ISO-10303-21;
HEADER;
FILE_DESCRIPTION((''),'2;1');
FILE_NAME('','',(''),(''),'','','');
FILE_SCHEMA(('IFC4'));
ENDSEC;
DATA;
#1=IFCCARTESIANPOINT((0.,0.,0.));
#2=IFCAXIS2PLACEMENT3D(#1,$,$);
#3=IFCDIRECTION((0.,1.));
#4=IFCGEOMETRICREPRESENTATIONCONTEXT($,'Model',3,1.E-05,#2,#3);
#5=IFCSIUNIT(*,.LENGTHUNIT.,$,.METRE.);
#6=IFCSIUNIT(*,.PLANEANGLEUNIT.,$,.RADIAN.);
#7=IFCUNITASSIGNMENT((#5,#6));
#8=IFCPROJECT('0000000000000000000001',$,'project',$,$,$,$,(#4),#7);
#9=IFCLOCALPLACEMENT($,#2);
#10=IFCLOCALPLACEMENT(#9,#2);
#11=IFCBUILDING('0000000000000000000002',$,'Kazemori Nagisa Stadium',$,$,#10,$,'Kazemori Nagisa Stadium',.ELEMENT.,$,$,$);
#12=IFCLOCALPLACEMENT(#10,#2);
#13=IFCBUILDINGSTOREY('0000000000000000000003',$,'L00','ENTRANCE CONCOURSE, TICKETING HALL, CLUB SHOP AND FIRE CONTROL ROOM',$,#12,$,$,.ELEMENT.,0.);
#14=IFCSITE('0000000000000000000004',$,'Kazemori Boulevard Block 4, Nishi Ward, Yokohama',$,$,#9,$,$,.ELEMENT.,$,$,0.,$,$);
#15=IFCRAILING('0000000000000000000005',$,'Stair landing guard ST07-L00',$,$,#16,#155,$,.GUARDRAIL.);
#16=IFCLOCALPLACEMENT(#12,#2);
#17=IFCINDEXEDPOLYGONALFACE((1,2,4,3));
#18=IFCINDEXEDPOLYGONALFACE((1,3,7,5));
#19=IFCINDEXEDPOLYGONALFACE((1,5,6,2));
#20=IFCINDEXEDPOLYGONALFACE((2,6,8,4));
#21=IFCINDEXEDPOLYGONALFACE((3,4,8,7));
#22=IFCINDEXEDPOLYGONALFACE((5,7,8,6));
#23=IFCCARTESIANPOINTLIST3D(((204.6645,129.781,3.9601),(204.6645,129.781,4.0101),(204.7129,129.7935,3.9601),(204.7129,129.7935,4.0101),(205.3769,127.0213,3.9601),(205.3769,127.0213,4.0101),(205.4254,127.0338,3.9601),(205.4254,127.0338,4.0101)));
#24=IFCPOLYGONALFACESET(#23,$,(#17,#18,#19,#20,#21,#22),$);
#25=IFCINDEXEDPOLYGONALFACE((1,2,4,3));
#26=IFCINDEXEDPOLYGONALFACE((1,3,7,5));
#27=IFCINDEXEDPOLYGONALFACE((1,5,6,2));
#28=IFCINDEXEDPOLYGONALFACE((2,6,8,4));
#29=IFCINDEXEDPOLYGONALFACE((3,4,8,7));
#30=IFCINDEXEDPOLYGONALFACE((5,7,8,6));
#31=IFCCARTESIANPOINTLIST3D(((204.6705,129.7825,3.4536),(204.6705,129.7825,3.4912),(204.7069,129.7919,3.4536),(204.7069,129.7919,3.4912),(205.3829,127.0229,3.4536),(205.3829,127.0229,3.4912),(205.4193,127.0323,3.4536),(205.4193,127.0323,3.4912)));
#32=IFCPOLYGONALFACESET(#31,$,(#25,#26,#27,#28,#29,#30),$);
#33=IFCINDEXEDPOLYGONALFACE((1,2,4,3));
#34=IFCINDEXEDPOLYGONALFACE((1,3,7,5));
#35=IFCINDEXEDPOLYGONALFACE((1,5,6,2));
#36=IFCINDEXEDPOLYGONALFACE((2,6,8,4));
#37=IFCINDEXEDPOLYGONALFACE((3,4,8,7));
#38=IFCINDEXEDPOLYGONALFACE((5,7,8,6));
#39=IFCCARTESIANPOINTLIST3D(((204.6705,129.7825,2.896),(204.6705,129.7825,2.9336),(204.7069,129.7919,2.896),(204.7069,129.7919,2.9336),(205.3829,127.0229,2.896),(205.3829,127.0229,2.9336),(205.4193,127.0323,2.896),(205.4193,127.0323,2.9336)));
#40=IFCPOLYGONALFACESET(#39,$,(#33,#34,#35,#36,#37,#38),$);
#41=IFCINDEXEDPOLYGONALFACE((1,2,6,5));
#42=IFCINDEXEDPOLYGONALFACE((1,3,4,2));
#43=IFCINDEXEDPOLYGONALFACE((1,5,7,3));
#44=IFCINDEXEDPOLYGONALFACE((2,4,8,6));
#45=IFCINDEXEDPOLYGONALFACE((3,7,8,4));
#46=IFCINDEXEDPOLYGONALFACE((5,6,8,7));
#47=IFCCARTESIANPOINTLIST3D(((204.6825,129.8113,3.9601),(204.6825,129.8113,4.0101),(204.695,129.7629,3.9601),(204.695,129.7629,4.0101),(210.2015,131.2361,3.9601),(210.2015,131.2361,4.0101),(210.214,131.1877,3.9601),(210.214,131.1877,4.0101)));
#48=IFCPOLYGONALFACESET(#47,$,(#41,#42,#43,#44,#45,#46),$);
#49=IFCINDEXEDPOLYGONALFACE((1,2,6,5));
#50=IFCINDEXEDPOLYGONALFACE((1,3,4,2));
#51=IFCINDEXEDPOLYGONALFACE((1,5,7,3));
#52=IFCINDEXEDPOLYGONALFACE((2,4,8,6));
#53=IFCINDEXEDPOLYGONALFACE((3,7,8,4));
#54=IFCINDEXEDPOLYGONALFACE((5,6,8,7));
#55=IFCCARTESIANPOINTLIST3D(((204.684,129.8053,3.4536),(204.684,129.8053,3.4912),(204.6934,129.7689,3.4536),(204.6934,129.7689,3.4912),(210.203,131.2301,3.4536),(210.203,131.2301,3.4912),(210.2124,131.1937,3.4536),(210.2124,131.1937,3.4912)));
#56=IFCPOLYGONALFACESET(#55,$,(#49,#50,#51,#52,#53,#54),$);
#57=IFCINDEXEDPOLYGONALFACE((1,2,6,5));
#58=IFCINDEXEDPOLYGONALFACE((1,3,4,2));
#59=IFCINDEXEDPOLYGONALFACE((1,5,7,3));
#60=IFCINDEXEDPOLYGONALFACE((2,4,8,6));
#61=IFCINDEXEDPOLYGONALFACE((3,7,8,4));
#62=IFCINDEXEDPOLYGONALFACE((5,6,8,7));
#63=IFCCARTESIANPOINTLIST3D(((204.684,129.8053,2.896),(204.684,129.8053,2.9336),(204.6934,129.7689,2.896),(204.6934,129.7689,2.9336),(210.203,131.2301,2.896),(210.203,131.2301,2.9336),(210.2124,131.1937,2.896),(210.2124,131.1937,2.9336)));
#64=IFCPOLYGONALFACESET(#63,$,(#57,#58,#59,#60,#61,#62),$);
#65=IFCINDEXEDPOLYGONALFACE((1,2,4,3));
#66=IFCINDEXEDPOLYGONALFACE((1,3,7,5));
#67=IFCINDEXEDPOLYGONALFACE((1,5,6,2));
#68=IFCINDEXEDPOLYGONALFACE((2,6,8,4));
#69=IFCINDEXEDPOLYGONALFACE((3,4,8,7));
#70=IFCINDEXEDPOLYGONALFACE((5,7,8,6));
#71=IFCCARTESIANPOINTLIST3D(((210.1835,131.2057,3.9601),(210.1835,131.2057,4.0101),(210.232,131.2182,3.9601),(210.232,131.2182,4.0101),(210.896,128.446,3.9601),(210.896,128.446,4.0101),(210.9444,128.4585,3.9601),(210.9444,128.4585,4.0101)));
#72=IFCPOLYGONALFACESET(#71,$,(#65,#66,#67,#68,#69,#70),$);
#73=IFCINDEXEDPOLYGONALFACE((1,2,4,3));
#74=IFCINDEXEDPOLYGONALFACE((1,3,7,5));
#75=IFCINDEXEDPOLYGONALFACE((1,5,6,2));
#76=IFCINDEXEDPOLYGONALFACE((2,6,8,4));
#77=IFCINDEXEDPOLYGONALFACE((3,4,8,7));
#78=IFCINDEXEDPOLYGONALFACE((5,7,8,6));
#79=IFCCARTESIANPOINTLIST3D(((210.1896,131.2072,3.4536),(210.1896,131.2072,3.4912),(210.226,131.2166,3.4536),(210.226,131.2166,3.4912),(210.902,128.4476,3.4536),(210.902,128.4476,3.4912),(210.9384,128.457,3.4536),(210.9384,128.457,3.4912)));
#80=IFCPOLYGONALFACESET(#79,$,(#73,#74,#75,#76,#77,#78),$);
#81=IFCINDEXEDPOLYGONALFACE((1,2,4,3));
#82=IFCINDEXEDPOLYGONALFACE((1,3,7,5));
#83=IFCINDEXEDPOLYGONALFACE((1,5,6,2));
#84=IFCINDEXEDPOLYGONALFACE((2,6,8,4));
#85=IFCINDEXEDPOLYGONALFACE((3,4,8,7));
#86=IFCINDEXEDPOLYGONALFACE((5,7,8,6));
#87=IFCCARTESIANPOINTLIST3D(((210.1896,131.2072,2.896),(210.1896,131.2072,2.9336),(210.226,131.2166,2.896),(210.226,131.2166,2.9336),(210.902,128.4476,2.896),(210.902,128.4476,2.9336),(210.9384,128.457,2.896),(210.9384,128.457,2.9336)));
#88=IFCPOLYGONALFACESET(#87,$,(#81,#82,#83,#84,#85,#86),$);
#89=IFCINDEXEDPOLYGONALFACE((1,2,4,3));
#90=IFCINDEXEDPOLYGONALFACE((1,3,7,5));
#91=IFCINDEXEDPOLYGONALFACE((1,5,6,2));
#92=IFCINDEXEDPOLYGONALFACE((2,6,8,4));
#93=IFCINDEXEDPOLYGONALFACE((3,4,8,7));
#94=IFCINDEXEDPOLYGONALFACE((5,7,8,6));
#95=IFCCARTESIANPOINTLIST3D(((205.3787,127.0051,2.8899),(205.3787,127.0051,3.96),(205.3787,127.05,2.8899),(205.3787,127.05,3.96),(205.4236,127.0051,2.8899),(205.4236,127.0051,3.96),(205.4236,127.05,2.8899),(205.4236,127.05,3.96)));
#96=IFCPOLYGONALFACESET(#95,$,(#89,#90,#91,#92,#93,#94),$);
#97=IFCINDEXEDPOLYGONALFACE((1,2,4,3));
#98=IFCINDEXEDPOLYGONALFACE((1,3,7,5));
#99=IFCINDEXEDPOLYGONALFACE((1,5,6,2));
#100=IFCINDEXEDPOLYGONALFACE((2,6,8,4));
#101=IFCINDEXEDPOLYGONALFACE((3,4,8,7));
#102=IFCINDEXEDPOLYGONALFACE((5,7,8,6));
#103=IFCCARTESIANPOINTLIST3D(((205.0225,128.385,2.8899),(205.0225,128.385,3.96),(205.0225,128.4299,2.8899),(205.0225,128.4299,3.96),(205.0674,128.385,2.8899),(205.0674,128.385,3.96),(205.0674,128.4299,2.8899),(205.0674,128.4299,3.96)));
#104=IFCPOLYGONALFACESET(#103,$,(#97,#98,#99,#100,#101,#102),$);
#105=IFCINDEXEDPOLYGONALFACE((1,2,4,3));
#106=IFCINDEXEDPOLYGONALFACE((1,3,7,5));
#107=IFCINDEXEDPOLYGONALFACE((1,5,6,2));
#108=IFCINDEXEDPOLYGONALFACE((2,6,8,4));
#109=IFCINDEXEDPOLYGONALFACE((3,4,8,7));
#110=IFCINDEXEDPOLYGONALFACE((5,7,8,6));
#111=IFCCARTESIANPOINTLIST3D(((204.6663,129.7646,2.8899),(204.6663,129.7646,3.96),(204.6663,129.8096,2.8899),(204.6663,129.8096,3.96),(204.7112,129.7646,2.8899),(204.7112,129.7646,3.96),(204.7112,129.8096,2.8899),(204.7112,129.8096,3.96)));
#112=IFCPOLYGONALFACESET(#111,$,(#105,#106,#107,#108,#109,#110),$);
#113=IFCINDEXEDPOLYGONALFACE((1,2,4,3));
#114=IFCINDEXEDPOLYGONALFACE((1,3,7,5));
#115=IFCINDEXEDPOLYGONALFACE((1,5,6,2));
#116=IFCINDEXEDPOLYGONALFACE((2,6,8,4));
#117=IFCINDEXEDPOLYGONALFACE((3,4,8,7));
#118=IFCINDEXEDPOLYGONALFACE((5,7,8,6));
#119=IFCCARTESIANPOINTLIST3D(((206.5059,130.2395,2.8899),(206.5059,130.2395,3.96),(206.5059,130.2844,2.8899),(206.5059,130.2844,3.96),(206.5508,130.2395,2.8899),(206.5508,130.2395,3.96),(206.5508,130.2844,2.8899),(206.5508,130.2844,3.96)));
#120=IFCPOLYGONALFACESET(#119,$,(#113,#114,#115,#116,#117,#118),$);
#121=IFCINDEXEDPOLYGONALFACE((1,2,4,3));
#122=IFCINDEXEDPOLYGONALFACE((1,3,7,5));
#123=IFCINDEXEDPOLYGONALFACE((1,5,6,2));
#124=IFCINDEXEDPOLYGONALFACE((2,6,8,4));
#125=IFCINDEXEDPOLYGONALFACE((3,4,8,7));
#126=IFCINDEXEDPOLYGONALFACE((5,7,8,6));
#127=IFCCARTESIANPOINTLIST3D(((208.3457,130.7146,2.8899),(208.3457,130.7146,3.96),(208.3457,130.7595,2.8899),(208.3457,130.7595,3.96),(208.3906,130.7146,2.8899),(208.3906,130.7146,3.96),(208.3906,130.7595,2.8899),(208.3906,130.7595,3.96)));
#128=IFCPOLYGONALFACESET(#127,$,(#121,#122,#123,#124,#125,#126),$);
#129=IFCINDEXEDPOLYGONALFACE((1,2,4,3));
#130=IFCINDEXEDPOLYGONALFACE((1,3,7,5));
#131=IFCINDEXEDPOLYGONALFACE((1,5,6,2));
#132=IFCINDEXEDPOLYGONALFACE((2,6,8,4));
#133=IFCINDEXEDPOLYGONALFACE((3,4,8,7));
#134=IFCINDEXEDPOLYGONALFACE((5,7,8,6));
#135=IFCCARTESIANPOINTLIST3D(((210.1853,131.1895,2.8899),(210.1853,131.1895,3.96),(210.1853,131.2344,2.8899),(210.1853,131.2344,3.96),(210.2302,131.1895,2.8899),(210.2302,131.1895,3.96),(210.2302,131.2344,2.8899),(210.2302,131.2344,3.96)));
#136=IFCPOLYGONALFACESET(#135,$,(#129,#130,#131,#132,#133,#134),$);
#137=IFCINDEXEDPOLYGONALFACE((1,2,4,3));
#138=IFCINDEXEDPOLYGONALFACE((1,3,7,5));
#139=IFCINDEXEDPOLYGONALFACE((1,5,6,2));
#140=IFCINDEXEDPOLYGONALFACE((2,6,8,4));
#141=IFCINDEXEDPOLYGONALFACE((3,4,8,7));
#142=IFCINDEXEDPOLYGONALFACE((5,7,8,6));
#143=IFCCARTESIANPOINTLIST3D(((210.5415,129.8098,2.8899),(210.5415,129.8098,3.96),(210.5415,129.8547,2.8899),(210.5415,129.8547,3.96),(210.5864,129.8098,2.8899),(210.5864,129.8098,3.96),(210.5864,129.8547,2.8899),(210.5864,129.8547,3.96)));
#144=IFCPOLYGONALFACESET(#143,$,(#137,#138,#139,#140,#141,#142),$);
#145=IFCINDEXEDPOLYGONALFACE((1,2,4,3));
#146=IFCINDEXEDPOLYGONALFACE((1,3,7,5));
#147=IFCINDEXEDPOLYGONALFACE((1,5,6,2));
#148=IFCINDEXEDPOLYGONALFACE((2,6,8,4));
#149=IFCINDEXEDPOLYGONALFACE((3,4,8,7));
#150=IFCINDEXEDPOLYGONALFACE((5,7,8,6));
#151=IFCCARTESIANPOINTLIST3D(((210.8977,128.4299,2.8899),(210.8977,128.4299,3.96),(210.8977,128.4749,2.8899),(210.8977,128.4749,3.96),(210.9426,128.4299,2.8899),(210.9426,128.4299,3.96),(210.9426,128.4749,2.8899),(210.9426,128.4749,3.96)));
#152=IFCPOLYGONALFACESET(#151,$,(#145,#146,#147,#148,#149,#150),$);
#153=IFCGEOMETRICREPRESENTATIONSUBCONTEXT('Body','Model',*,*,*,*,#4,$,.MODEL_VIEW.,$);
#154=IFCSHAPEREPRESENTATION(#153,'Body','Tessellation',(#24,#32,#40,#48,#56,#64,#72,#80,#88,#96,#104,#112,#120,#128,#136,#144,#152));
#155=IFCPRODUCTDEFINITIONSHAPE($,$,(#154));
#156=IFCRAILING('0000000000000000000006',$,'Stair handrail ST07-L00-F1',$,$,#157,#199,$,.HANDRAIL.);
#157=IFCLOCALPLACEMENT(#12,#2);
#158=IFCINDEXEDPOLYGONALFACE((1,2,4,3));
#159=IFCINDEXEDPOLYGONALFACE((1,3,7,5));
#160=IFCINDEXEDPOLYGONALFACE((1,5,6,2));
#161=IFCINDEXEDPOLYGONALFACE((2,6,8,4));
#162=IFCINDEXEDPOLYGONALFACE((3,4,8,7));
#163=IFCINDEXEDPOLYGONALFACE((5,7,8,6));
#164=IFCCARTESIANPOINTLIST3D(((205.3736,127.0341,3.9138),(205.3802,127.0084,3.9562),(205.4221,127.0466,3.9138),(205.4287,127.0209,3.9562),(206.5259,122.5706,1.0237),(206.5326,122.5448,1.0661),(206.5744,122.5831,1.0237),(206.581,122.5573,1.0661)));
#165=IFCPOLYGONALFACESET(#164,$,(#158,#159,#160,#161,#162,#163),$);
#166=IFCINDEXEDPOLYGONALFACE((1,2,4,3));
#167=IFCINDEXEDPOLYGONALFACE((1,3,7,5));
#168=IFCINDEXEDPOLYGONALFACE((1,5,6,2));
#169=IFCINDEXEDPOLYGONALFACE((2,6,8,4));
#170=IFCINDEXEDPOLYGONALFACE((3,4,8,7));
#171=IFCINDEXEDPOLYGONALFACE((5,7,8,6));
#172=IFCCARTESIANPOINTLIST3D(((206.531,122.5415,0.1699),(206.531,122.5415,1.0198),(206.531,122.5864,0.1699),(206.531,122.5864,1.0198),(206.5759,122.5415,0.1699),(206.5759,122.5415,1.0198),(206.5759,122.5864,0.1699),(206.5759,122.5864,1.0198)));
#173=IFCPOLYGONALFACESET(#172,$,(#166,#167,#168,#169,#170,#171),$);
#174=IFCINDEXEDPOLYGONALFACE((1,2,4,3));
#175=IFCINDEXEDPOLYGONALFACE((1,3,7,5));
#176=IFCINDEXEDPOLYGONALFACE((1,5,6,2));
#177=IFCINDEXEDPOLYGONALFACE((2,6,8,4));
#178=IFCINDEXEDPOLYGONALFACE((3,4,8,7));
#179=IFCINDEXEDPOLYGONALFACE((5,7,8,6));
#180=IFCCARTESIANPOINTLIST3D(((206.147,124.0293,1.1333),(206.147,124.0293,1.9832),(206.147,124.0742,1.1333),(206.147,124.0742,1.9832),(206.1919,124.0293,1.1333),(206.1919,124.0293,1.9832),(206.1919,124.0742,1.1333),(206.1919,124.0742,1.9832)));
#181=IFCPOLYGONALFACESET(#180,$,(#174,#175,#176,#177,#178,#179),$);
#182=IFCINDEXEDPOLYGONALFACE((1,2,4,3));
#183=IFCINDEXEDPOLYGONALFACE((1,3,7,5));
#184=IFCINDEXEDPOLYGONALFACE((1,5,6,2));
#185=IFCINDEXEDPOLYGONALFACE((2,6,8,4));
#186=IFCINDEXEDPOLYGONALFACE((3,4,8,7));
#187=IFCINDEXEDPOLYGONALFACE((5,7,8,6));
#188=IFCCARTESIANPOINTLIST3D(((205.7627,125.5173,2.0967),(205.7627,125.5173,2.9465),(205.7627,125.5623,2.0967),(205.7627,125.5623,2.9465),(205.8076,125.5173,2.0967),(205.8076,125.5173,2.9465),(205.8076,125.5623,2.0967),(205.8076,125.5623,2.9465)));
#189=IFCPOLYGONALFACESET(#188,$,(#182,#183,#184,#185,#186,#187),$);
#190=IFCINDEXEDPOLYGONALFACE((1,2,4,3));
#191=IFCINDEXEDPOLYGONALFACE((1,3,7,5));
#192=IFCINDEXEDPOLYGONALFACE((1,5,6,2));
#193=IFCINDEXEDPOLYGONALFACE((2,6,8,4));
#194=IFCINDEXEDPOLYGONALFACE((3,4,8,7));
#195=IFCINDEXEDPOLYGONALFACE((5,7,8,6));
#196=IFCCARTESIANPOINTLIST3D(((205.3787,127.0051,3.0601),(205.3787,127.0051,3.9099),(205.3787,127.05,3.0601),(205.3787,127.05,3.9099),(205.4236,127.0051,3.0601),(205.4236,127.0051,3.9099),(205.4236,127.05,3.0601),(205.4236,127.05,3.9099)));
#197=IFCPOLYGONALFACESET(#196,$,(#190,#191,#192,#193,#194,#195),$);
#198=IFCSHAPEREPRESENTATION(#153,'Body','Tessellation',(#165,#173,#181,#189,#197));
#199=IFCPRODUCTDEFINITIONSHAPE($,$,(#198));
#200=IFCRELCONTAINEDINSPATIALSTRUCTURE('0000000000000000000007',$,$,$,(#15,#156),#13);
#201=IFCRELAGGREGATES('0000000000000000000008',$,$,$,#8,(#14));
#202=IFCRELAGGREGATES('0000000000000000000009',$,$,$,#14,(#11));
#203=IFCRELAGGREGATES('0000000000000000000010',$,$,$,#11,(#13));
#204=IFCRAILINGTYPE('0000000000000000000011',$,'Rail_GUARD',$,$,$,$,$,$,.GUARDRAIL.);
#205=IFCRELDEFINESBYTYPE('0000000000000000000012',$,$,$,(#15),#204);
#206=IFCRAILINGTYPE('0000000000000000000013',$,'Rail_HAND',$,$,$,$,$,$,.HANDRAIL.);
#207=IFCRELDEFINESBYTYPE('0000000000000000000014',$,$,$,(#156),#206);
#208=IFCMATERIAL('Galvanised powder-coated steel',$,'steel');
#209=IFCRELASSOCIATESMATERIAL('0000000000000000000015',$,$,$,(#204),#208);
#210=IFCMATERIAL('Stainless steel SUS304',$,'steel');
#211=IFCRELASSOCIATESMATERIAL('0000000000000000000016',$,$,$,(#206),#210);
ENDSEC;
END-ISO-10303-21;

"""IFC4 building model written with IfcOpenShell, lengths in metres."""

from ifc_helpers import new_model, si_unit, direction, frame, origin, origin_2d, place, context, subcontext, project, spatial, rectangle, extrude, material, type_object, element, save


model = new_model("IFC4")

# Units and contexts
model_context = context("Model", 3, precision=1e-05, world=origin(), true_north=direction((0.0, 1.0)))
body_context = subcontext(model_context, "Body", "Model", "MODEL_VIEW")
ifc_project = project(units=[si_unit("LENGTHUNIT", "METRE"), si_unit("PLANEANGLEUNIT", "RADIAN")], contexts=[model_context])

# Site, building, storey
site_placement = place(None, origin())
site = spatial("IfcSite", under=ifc_project, at=site_placement, Name="Kazemori Boulevard Block 4, Nishi Ward, Yokohama", CompositionType="ELEMENT", RefElevation=0.0)
building_placement = place(site_placement, origin())
building = spatial("IfcBuilding", under=site, at=building_placement, Name="Kazemori Nagisa Stadium", LongName="Kazemori Nagisa Stadium", CompositionType="ELEMENT")
storey_placement = place(building_placement, origin())
storey = spatial("IfcBuildingStorey", under=building, at=storey_placement, Name="L00", Description="ENTRANCE CONCOURSE, TICKETING HALL, CLUB SHOP AND FIRE CONTROL ROOM", CompositionType="ELEMENT", Elevation=0.0)

# Shared definitions
ifc_material_1 = material(Name="Stainless steel SUS304", Category="steel")

# Railings
ifc_material_2 = material(Name="Galvanised powder-coated steel", Category="steel")
railing_type_1 = type_object("IfcRailingType", Name="Rail_GUARD", PredefinedType="GUARDRAIL", material=ifc_material_2)
railing_1_placement = place(storey_placement, frame((205.4011, 127.0276, 2.8899)))
element("IfcRailing", 1, at=railing_1_placement, inside=storey, type_object=railing_type_1, Name="Stair landing guard ST07-L00", PredefinedType="GUARDRAIL", context=body_context, shape_type="SweptSolid", body=[
    extrude(rectangle(XDim=0.05, YDim=0.05, at=origin_2d()), frame((0.0, 0.0, 1.0952), z_axis=(-0.249966, 0.968255, 0.0), x_axis=(-0.968255, -0.249966, 0.0)), (0.0, 0.0, 1.0), 2.8501),
    extrude(rectangle(XDim=0.0376, YDim=0.0376, at=origin_2d()), frame((0.0, 0.0, 0.5825), z_axis=(-0.249966, 0.968255, 0.0), x_axis=(-0.968255, -0.249966, 0.0)), (0.0, 0.0, 1.0), 2.8501),
    extrude(rectangle(XDim=0.0376, YDim=0.0376, at=origin_2d()), frame((0.0, 0.0, 0.0249), z_axis=(-0.249966, 0.968255, 0.0), x_axis=(-0.968255, -0.249966, 0.0)), (0.0, 0.0, 1.0), 2.8501),
    extrude(rectangle(XDim=0.05, YDim=0.05, at=origin_2d()), frame((-0.7124, 2.7595, 1.0952), z_axis=(0.968255, 0.249966, 0.0), x_axis=(-0.249966, 0.968255, 0.0)), (0.0, 0.0, 1.0), 5.7),
    extrude(rectangle(XDim=0.0376, YDim=0.0376, at=origin_2d()), frame((-0.7124, 2.7595, 0.5825), z_axis=(0.968255, 0.249966, 0.0), x_axis=(-0.249966, 0.968255, 0.0)), (0.0, 0.0, 1.0), 5.7),
    extrude(rectangle(XDim=0.0376, YDim=0.0376, at=origin_2d()), frame((-0.7124, 2.7595, 0.0249), z_axis=(0.968255, 0.249966, 0.0), x_axis=(-0.249966, 0.968255, 0.0)), (0.0, 0.0, 1.0), 5.7),
    extrude(rectangle(XDim=0.05, YDim=0.05, at=origin_2d()), frame((4.8066, 4.1843, 1.0952), z_axis=(0.249966, -0.968255, 0.0), x_axis=(0.968255, 0.249966, 0.0)), (0.0, 0.0, 1.0), 2.8501),
    extrude(rectangle(XDim=0.0376, YDim=0.0376, at=origin_2d()), frame((4.8066, 4.1843, 0.5825), z_axis=(0.249966, -0.968255, 0.0), x_axis=(0.968255, 0.249966, 0.0)), (0.0, 0.0, 1.0), 2.8501),
    extrude(rectangle(XDim=0.0376, YDim=0.0376, at=origin_2d()), frame((4.8066, 4.1843, 0.0249), z_axis=(0.249966, -0.968255, 0.0), x_axis=(0.968255, 0.249966, 0.0)), (0.0, 0.0, 1.0), 2.8501),
    extrude(rectangle(XDim=0.0449, YDim=0.0449, at=origin_2d()), origin(), (0.0, 0.0, 1.0), 1.0701),
    extrude(rectangle(XDim=0.0449, YDim=0.0449, at=origin_2d()), frame((-0.3562, 1.3799, 0.0)), (0.0, 0.0, 1.0), 1.0701),
    extrude(rectangle(XDim=0.0449, YDim=0.0449, at=origin_2d()), frame((-0.7124, 2.7595, 0.0)), (0.0, 0.0, 1.0), 1.0701),
    extrude(rectangle(XDim=0.0449, YDim=0.0449, at=origin_2d()), frame((1.1272, 3.2344, 0.0)), (0.0, 0.0, 1.0), 1.0701),
    extrude(rectangle(XDim=0.0449, YDim=0.0449, at=origin_2d()), frame((2.967, 3.7095, 0.0)), (0.0, 0.0, 1.0), 1.0701),
    extrude(rectangle(XDim=0.0449, YDim=0.0449, at=origin_2d()), frame((4.8066, 4.1843, 0.0)), (0.0, 0.0, 1.0), 1.0701),
    extrude(rectangle(XDim=0.0449, YDim=0.0449, at=origin_2d()), frame((5.1628, 2.8047, 0.0)), (0.0, 0.0, 1.0), 1.0701),
    extrude(rectangle(XDim=0.0449, YDim=0.0449, at=origin_2d()), frame((5.519, 1.4248, 0.0)), (0.0, 0.0, 1.0), 1.0701),
])
railing_type_2 = type_object("IfcRailingType", Name="Rail_HAND", PredefinedType="HANDRAIL", material=ifc_material_1)
railing_2_placement = place(storey_placement, frame((206.5535, 122.564, 0.1699)))
element("IfcRailing", 2, at=railing_2_placement, inside=storey, type_object=railing_type_2, Name="Stair handrail ST07-L00-F1", PredefinedType="HANDRAIL", context=body_context, shape_type="SweptSolid", body=[
    extrude(rectangle(XDim=0.05, YDim=0.05, at=origin_2d()), frame((0.0, 0.0, 0.875), z_axis=(-0.211788, 0.820365, 0.531175), x_axis=(-0.968254, -0.249968, 0.0)), (0.0, 0.0, 1.0), 5.4409),
    extrude(rectangle(XDim=0.0449, YDim=0.0449, at=origin_2d()), origin(), (0.0, 0.0, 1.0), 0.8499),
    extrude(rectangle(XDim=0.0449, YDim=0.0449, at=origin_2d()), frame((-0.384, 1.4878, 0.9634)), (0.0, 0.0, 1.0), 0.8499),
    extrude(rectangle(XDim=0.0449, YDim=0.0449, at=origin_2d()), frame((-0.7683, 2.9758, 1.9268)), (0.0, 0.0, 1.0), 0.8499),
    extrude(rectangle(XDim=0.0449, YDim=0.0449, at=origin_2d()), frame((-1.1523, 4.4636, 2.8901)), (0.0, 0.0, 1.0), 0.8499),
])

save(model, "model.ifc")
